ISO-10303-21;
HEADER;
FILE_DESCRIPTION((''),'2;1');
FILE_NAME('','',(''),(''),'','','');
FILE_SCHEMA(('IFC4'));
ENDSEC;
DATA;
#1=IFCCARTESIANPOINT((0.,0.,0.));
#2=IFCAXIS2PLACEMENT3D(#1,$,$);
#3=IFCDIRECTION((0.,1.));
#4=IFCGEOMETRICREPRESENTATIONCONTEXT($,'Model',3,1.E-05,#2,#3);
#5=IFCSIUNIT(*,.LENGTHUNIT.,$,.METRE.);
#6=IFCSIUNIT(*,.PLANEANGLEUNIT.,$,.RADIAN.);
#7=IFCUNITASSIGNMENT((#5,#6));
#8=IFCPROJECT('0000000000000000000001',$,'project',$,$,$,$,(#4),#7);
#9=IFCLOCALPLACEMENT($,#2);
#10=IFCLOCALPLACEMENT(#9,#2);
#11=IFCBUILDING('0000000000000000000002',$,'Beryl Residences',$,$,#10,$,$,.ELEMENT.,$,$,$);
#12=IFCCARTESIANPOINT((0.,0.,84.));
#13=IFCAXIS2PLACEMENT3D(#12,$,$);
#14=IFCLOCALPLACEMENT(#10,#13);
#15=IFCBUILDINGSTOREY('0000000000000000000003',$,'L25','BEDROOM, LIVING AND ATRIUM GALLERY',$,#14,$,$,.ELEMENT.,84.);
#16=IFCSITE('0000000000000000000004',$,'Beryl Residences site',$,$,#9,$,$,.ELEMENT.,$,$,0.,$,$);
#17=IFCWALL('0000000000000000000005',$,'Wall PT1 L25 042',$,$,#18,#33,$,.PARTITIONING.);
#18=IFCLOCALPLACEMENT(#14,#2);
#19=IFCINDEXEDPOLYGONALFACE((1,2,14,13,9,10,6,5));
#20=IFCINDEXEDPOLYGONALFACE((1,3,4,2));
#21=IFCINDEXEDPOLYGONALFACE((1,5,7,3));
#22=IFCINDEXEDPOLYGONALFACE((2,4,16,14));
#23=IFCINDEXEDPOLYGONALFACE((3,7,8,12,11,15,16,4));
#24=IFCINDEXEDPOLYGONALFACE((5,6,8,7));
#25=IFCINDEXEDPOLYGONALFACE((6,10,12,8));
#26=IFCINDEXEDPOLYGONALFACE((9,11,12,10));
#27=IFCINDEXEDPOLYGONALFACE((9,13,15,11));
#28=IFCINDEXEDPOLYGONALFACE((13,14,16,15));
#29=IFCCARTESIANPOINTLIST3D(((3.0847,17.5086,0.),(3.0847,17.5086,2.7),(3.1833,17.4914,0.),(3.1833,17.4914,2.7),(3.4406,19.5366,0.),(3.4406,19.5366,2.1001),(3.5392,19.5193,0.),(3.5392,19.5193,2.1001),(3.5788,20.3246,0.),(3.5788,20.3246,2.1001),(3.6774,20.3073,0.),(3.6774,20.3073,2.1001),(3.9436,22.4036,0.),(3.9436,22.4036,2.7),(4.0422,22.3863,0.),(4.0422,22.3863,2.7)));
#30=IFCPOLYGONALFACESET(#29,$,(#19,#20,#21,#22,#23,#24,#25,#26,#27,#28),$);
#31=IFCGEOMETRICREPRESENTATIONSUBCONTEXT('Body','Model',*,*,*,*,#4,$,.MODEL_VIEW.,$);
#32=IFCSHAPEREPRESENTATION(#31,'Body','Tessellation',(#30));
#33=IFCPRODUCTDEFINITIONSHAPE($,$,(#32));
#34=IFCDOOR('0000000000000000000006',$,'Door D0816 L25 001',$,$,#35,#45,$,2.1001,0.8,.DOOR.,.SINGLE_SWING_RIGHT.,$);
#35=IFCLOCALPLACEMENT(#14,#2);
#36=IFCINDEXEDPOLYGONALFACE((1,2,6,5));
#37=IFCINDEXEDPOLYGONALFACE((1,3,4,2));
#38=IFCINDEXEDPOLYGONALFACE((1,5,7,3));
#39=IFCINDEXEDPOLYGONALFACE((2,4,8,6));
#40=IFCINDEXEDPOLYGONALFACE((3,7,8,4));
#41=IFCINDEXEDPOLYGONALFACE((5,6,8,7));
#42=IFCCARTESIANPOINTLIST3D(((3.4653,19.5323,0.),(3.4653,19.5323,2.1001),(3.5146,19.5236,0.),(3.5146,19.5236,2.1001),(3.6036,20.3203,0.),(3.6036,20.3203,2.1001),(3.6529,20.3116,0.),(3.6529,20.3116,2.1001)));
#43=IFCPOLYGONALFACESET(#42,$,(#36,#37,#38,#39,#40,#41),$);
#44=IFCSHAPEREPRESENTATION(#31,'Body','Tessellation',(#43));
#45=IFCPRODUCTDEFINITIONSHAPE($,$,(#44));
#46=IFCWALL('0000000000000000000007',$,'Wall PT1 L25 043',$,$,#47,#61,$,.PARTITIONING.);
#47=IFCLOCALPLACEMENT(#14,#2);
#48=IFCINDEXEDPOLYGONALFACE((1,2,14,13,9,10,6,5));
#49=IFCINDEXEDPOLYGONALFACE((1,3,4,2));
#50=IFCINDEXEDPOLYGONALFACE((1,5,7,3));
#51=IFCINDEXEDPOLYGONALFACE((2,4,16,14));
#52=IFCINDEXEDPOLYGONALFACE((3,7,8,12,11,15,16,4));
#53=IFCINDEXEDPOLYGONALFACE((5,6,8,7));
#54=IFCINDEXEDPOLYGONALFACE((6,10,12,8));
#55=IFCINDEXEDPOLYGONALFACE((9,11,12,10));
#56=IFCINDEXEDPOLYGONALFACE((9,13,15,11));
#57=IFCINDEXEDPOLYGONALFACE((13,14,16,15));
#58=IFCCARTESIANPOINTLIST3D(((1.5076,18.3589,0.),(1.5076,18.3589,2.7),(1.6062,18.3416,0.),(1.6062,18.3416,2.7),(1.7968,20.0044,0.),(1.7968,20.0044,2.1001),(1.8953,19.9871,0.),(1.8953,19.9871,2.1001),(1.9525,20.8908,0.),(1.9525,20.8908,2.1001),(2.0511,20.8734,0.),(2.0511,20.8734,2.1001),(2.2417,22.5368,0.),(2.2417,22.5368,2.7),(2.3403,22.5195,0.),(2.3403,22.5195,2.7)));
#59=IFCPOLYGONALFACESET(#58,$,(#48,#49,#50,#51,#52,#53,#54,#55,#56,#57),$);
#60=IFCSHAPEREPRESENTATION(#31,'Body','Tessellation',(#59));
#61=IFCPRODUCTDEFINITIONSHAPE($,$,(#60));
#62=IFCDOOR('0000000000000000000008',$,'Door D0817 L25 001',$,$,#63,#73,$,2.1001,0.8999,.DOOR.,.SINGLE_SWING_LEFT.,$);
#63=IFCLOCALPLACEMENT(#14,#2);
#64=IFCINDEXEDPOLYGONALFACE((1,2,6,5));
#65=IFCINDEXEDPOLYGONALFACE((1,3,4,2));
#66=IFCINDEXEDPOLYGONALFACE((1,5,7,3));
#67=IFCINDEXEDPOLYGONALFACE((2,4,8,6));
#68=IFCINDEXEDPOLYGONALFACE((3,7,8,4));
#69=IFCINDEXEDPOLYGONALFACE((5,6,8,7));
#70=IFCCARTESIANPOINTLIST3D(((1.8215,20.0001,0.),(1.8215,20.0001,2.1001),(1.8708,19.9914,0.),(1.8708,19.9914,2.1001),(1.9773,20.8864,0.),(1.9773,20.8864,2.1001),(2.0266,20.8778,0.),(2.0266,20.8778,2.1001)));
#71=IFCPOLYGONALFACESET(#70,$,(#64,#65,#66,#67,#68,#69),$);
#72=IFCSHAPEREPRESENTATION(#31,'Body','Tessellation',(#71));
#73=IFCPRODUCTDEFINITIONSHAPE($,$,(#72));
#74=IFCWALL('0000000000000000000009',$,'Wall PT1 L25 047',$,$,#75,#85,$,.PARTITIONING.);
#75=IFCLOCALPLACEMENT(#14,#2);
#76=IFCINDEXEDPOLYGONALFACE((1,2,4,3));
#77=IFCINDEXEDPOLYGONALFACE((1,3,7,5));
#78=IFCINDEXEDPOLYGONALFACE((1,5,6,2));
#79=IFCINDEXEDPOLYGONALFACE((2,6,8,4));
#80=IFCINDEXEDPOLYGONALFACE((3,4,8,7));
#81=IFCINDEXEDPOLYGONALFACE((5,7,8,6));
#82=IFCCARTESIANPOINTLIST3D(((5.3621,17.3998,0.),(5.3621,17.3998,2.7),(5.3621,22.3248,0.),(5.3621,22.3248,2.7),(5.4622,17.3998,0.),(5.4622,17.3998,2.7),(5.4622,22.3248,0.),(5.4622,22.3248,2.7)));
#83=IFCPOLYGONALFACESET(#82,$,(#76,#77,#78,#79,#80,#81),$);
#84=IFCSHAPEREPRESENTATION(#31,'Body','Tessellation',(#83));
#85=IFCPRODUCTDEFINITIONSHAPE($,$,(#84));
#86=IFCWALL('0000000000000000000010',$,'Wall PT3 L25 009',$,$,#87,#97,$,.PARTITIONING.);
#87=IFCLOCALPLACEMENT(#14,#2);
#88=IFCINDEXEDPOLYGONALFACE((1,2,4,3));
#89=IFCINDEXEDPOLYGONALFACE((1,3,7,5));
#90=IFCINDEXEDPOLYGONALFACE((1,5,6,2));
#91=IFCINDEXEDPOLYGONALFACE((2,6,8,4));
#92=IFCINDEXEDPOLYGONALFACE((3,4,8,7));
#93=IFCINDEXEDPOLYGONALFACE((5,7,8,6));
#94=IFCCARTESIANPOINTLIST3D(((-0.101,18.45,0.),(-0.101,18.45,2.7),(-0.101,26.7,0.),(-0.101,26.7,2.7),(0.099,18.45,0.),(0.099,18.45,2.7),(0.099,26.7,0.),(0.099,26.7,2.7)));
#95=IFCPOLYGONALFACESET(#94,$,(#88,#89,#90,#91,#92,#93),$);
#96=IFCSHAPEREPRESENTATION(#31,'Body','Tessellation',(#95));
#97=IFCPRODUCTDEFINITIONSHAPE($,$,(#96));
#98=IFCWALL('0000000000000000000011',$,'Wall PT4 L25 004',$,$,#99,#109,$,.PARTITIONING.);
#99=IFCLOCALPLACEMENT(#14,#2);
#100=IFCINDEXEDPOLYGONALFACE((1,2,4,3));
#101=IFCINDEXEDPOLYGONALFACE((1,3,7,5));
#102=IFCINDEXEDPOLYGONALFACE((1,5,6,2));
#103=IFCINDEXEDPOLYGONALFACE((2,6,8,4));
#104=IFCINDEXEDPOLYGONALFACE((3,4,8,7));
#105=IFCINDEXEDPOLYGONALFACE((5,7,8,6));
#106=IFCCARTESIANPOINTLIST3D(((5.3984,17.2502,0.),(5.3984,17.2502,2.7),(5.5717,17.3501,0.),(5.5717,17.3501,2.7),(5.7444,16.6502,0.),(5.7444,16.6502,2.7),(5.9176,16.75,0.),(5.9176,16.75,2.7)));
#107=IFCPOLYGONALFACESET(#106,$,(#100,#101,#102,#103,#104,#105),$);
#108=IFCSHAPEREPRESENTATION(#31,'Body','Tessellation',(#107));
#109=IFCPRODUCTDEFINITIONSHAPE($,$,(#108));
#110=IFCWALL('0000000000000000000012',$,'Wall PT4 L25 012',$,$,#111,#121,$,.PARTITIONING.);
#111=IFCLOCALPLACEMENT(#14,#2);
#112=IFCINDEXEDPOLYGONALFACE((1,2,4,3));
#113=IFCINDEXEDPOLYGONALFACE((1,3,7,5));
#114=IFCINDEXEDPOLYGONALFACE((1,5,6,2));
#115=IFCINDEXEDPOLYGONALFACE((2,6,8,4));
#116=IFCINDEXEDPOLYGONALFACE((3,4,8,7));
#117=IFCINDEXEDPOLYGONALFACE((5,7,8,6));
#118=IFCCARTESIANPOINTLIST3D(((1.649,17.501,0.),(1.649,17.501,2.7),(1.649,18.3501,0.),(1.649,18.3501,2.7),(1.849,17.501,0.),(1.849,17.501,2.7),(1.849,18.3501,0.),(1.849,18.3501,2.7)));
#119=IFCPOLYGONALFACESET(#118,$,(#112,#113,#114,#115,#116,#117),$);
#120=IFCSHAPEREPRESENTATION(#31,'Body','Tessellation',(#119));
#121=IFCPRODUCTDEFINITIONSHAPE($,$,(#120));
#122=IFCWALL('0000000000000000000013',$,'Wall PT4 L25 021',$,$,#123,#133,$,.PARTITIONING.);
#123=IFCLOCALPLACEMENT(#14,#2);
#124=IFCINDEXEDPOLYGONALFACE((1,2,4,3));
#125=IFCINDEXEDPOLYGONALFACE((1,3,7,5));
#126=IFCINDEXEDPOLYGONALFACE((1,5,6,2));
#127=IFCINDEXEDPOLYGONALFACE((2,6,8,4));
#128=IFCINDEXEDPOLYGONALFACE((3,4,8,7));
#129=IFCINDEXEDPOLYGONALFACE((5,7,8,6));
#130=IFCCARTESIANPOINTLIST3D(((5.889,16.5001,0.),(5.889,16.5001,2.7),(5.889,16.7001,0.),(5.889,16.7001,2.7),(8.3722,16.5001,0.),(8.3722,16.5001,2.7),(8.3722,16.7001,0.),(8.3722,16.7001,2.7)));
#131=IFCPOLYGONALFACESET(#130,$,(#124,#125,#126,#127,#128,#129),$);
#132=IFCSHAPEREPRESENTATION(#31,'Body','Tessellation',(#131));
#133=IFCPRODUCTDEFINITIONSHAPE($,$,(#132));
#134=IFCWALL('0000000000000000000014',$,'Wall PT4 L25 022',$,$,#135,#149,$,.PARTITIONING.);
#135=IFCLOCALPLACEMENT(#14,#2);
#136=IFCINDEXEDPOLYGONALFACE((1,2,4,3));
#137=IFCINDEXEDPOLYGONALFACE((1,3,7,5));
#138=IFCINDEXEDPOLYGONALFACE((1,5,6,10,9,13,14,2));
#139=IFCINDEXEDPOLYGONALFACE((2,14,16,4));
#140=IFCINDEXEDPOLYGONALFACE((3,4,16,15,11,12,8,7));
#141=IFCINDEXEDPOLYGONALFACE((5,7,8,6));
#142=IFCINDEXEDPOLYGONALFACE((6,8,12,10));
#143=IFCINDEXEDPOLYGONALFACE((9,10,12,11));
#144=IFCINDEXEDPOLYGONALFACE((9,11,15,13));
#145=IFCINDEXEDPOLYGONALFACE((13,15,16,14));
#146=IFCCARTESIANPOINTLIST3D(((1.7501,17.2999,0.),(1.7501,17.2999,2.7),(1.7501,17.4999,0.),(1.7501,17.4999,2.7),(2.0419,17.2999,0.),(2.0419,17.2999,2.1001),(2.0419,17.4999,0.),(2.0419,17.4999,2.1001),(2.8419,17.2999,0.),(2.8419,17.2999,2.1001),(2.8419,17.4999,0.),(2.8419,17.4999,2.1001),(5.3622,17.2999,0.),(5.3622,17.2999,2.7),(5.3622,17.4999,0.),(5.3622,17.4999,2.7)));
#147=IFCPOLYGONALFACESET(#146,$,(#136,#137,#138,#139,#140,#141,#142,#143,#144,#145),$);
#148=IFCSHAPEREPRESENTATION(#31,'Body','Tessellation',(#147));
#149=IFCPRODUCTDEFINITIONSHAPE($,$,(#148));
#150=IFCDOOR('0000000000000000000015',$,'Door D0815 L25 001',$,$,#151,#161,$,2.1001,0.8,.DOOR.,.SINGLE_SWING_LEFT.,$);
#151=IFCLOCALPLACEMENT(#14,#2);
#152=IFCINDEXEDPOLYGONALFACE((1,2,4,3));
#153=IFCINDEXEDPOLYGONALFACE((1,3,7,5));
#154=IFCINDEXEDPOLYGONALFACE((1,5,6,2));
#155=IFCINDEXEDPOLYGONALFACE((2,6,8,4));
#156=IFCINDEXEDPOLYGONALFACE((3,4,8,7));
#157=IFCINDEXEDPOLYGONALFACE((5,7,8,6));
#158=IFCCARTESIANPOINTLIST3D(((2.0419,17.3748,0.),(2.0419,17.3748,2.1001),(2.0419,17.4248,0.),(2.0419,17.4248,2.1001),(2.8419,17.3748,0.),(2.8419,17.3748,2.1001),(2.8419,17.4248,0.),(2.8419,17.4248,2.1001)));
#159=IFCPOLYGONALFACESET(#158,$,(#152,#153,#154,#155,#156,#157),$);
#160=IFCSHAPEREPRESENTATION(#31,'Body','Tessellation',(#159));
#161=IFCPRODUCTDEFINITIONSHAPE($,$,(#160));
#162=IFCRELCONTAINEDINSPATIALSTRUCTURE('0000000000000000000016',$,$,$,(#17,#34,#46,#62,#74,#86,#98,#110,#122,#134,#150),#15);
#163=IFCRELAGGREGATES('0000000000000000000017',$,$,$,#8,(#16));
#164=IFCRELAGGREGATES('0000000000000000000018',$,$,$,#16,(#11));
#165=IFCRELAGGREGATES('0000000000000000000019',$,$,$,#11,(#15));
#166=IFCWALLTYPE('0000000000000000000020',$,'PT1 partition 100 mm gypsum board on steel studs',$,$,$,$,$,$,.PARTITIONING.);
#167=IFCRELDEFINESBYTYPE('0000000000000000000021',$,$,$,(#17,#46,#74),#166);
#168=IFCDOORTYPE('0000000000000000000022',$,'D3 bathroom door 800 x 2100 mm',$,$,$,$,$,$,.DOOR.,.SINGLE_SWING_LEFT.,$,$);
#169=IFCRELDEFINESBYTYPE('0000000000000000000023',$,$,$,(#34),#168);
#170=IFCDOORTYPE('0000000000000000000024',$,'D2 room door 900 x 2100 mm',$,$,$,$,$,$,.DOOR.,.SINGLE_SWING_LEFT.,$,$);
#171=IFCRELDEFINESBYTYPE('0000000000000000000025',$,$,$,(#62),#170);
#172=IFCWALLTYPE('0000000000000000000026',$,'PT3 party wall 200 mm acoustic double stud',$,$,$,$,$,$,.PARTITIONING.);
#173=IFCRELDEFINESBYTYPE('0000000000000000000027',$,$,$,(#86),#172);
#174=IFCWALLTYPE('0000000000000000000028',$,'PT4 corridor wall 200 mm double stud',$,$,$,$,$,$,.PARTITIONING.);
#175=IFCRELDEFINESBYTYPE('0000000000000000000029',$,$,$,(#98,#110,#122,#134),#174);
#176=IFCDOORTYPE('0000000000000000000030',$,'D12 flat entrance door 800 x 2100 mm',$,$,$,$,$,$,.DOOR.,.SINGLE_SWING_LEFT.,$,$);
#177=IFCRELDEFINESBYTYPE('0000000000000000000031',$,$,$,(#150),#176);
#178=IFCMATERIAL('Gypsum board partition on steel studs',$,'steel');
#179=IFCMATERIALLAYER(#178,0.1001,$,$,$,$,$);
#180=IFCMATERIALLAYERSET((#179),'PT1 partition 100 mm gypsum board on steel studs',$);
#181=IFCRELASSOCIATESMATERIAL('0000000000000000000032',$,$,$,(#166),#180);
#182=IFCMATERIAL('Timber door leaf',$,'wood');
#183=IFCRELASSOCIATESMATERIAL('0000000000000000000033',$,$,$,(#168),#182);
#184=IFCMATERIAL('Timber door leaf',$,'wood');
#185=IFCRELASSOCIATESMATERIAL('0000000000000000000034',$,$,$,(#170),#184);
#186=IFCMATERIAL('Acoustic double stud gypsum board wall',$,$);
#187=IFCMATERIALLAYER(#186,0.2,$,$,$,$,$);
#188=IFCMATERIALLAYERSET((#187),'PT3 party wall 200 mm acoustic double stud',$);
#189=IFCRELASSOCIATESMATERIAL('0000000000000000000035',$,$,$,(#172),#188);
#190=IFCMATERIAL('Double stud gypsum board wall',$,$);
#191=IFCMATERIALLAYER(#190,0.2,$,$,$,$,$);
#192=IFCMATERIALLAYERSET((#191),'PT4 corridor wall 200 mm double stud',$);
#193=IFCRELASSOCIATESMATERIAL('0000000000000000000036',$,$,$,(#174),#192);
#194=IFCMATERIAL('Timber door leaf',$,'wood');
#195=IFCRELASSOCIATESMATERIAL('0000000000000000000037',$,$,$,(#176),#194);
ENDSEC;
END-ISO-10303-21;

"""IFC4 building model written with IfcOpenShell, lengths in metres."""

from ifc_helpers import new_model, si_unit, direction, frame, frame_2d, origin, place, context, subcontext, project, spatial, rectangle, extrude, material, layer, layer_set, type_object, element, fill, save


model = new_model("IFC4")

# Units and contexts
model_context = context("Model", 3, precision=1e-05, world=origin(), true_north=direction((0.0, 1.0)))
body_context = subcontext(model_context, "Body", "Model", "MODEL_VIEW")
ifc_project = project(units=[si_unit("LENGTHUNIT", "METRE"), si_unit("PLANEANGLEUNIT", "RADIAN")], contexts=[model_context])

# Site, building, storey
site_placement = place(None, origin())
site = spatial("IfcSite", under=ifc_project, at=site_placement, Name="Beryl Residences site", CompositionType="ELEMENT", RefElevation=0.0)
building_placement = place(site_placement, origin())
building = spatial("IfcBuilding", under=site, at=building_placement, Name="Beryl Residences", CompositionType="ELEMENT")
storey_placement = place(building_placement, frame((0.0, 0.0, 84.0)))
storey = spatial("IfcBuildingStorey", under=building, at=storey_placement, Name="L25", Description="BEDROOM, LIVING AND ATRIUM GALLERY", CompositionType="ELEMENT", Elevation=84.0)

# Shared definitions
ifc_material_1 = material(Name="Gypsum board partition on steel studs", Category="steel")
ifc_layer_1 = layer(ifc_material_1, 0.1001)
ifc_layer_set_1 = layer_set([ifc_layer_1], Name="PT1 partition 100 mm gypsum board on steel studs")
wall_type_1 = type_object("IfcWallType", Name="PT1 partition 100 mm gypsum board on steel studs", PredefinedType="PARTITIONING", material=ifc_layer_set_1)

# Shared definitions
ifc_material_2 = material(Name="Timber door leaf", Category="wood")
door_type_1 = type_object("IfcDoorType", Name="D3 bathroom door 800 x 2100 mm", OperationType="SINGLE_SWING_LEFT", PredefinedType="DOOR", material=ifc_material_2)

# Shared definitions
ifc_material_3 = material(Name="Timber door leaf", Category="wood")
door_type_2 = type_object("IfcDoorType", Name="D2 room door 900 x 2100 mm", OperationType="SINGLE_SWING_LEFT", PredefinedType="DOOR", material=ifc_material_3)

# Walls, openings, doors
wall_1_placement = place(storey_placement, frame((3.134, 17.5, 0.0), z_axis=(0.0, 0.0, 1.0), x_axis=(0.172821, 0.984953, 0.0)))
wall_1 = element("IfcWall", 1, at=wall_1_placement, inside=storey, type_object=wall_type_1, Name="Wall PT1 L25 042", PredefinedType="PARTITIONING", context=body_context, shape_type="SweptSolid", body=[
    extrude(rectangle(XDim=4.9697, YDim=0.1001, at=frame_2d((2.4849, 0.0))), origin(), (0.0, 0.0, 1.0), 2.7),
])
opening_1_placement = place(wall_1_placement, frame((2.0591, 0.0, 0.0)))
opening_1 = element("IfcOpeningElement", 2, at=opening_1_placement, cuts=wall_1, PredefinedType="OPENING", context=body_context, shape_type="SweptSolid", body=[
    extrude(rectangle(XDim=0.8, YDim=2.1001, at=frame_2d((0.3999, 1.05))), frame((0.0, 0.0601, 0.0), z_axis=(0.0, -1.0, 0.0), x_axis=(1.0, 0.0, 0.0)), (0.0, 0.0, 1.0), 0.1201),
])
door_1_placement = place(opening_1_placement, origin())
door_1 = element("IfcDoor", 3, at=door_1_placement, inside=storey, type_object=door_type_1, Name="Door D0816 L25 001", OperationType="SINGLE_SWING_RIGHT", OverallHeight=2.1001, OverallWidth=0.8, PredefinedType="DOOR", context=body_context, shape_type="SweptSolid", body=[
    extrude(rectangle(XDim=0.8, YDim=2.1001, at=frame_2d((0.3999, 1.05))), frame((0.0, 0.0249, 0.0), z_axis=(0.0, -1.0, 0.0), x_axis=(1.0, 0.0, 0.0)), (0.0, 0.0, 1.0), 0.05),
])
fill(opening_1, door_1)
wall_2_placement = place(storey_placement, frame((1.5569, 18.3501, 0.0), z_axis=(0.0, 0.0, 1.0), x_axis=(0.173063, 0.984911, 0.0)))
wall_2 = element("IfcWall", 4, at=wall_2_placement, inside=storey, type_object=wall_type_1, Name="Wall PT1 L25 043", PredefinedType="PARTITIONING", context=body_context, shape_type="SweptSolid", body=[
    extrude(rectangle(XDim=4.2419, YDim=0.1001, at=frame_2d((2.1211, 0.0))), origin(), (0.0, 0.0, 1.0), 2.7),
])
opening_2_placement = place(wall_2_placement, frame((1.6709, 0.0, 0.0)))
opening_2 = element("IfcOpeningElement", 5, at=opening_2_placement, cuts=wall_2, PredefinedType="OPENING", context=body_context, shape_type="SweptSolid", body=[
    extrude(rectangle(XDim=0.8999, YDim=2.1001, at=frame_2d((0.45, 1.05))), frame((0.0, 0.0601, 0.0), z_axis=(0.0, -1.0, 0.0), x_axis=(1.0, 0.0, 0.0)), (0.0, 0.0, 1.0), 0.1201),
])
door_2_placement = place(opening_2_placement, origin())
door_2 = element("IfcDoor", 6, at=door_2_placement, inside=storey, type_object=door_type_2, Name="Door D0817 L25 001", OperationType="SINGLE_SWING_LEFT", OverallHeight=2.1001, OverallWidth=0.8999, PredefinedType="DOOR", context=body_context, shape_type="SweptSolid", body=[
    extrude(rectangle(XDim=0.8999, YDim=2.1001, at=frame_2d((0.45, 1.05))), frame((0.0, 0.0249, 0.0), z_axis=(0.0, -1.0, 0.0), x_axis=(1.0, 0.0, 0.0)), (0.0, 0.0, 1.0), 0.05),
])
fill(opening_2, door_2)

# Walls
wall_3_placement = place(storey_placement, frame((5.4121, 17.3999, 0.0), z_axis=(0.0, 0.0, 1.0), x_axis=(0.0, 1.0, 0.0)))
element("IfcWall", 7, at=wall_3_placement, inside=storey, type_object=wall_type_1, Name="Wall PT1 L25 047", PredefinedType="PARTITIONING", context=body_context, shape_type="SweptSolid", body=[
    extrude(rectangle(XDim=4.925, YDim=0.1001, at=frame_2d((2.4624, 0.0))), origin(), (0.0, 0.0, 1.0), 2.7),
])
ifc_material_4 = material(Name="Acoustic double stud gypsum board wall")
ifc_layer_2 = layer(ifc_material_4, 0.2)
ifc_layer_set_2 = layer_set([ifc_layer_2], Name="PT3 party wall 200 mm acoustic double stud")
wall_type_2 = type_object("IfcWallType", Name="PT3 party wall 200 mm acoustic double stud", PredefinedType="PARTITIONING", material=ifc_layer_set_2)
wall_4_placement = place(storey_placement, frame((-0.001, 18.45, 0.0), z_axis=(0.0, 0.0, 1.0), x_axis=(0.0, 1.0, 0.0)))
element("IfcWall", 8, at=wall_4_placement, inside=storey, type_object=wall_type_2, Name="Wall PT3 L25 009", PredefinedType="PARTITIONING", context=body_context, shape_type="SweptSolid", body=[
    extrude(rectangle(XDim=8.25, YDim=0.2, at=frame_2d((4.125, 0.0))), origin(), (0.0, 0.0, 1.0), 2.7),
])
ifc_material_5 = material(Name="Double stud gypsum board wall")
ifc_layer_3 = layer(ifc_material_5, 0.2)
ifc_layer_set_3 = layer_set([ifc_layer_3], Name="PT4 corridor wall 200 mm double stud")
wall_type_3 = type_object("IfcWallType", Name="PT4 corridor wall 200 mm double stud", PredefinedType="PARTITIONING", material=ifc_layer_set_3)
wall_5_placement = place(storey_placement, frame((5.4851, 17.3, 0.0), z_axis=(0.0, 0.0, 1.0), x_axis=(0.499438, -0.86635, 0.0)))
element("IfcWall", 9, at=wall_5_placement, inside=storey, type_object=wall_type_3, Name="Wall PT4 L25 004", PredefinedType="PARTITIONING", context=body_context, shape_type="SweptSolid", body=[
    extrude(rectangle(XDim=0.6926, YDim=0.2, at=frame_2d((0.3462, 0.0))), origin(), (0.0, 0.0, 1.0), 2.7),
])
wall_6_placement = place(storey_placement, frame((1.749, 18.3501, 0.0), z_axis=(0.0, 0.0, 1.0), x_axis=(0.0, -1.0, 0.0)))
element("IfcWall", 10, at=wall_6_placement, inside=storey, type_object=wall_type_3, Name="Wall PT4 L25 012", PredefinedType="PARTITIONING", context=body_context, shape_type="SweptSolid", body=[
    extrude(rectangle(XDim=0.8491, YDim=0.2, at=frame_2d((0.4246, 0.0))), origin(), (0.0, 0.0, 1.0), 2.7),
])
wall_7_placement = place(storey_placement, frame((5.8889, 16.6001, 0.0), z_axis=(0.0, 0.0, 1.0), x_axis=(1.0, 0.0, 0.0)))
element("IfcWall", 11, at=wall_7_placement, inside=storey, type_object=wall_type_3, Name="Wall PT4 L25 021", PredefinedType="PARTITIONING", context=body_context, shape_type="SweptSolid", body=[
    extrude(rectangle(XDim=2.4832, YDim=0.2, at=frame_2d((1.2417, 0.0))), origin(), (0.0, 0.0, 1.0), 2.7),
])

# Wall, opening, door
wall_8_placement = place(storey_placement, frame((1.75, 17.3999, 0.0), z_axis=(0.0, 0.0, 1.0), x_axis=(1.0, 0.0, 0.0)))
wall_8 = element("IfcWall", 12, at=wall_8_placement, inside=storey, type_object=wall_type_3, Name="Wall PT4 L25 022", PredefinedType="PARTITIONING", context=body_context, shape_type="SweptSolid", body=[
    extrude(rectangle(XDim=3.6121, YDim=0.2, at=frame_2d((1.8062, 0.0))), origin(), (0.0, 0.0, 1.0), 2.7),
])
opening_3_placement = place(wall_8_placement, frame((0.292, 0.0, 0.0)))
opening_3 = element("IfcOpeningElement", 13, at=opening_3_placement, cuts=wall_8, PredefinedType="OPENING", context=body_context, shape_type="SweptSolid", body=[
    extrude(rectangle(XDim=0.8, YDim=2.1001, at=frame_2d((0.3999, 1.05))), frame((0.0, 0.1099, 0.0), z_axis=(0.0, -1.0, 0.0), x_axis=(1.0, 0.0, 0.0)), (0.0, 0.0, 1.0), 0.22),
])
ifc_material_6 = material(Name="Timber door leaf", Category="wood")
door_type_3 = type_object("IfcDoorType", Name="D12 flat entrance door 800 x 2100 mm", OperationType="SINGLE_SWING_LEFT", PredefinedType="DOOR", material=ifc_material_6)
door_3_placement = place(opening_3_placement, origin())
door_3 = element("IfcDoor", 14, at=door_3_placement, inside=storey, type_object=door_type_3, Name="Door D0815 L25 001", OperationType="SINGLE_SWING_LEFT", OverallHeight=2.1001, OverallWidth=0.8, PredefinedType="DOOR", context=body_context, shape_type="SweptSolid", body=[
    extrude(rectangle(XDim=0.8, YDim=2.1001, at=frame_2d((0.3999, 1.05))), frame((0.0, 0.0249, 0.0), z_axis=(0.0, -1.0, 0.0), x_axis=(1.0, 0.0, 0.0)), (0.0, 0.0, 1.0), 0.05),
])
fill(opening_3, door_3)

save(model, "model.ifc")
